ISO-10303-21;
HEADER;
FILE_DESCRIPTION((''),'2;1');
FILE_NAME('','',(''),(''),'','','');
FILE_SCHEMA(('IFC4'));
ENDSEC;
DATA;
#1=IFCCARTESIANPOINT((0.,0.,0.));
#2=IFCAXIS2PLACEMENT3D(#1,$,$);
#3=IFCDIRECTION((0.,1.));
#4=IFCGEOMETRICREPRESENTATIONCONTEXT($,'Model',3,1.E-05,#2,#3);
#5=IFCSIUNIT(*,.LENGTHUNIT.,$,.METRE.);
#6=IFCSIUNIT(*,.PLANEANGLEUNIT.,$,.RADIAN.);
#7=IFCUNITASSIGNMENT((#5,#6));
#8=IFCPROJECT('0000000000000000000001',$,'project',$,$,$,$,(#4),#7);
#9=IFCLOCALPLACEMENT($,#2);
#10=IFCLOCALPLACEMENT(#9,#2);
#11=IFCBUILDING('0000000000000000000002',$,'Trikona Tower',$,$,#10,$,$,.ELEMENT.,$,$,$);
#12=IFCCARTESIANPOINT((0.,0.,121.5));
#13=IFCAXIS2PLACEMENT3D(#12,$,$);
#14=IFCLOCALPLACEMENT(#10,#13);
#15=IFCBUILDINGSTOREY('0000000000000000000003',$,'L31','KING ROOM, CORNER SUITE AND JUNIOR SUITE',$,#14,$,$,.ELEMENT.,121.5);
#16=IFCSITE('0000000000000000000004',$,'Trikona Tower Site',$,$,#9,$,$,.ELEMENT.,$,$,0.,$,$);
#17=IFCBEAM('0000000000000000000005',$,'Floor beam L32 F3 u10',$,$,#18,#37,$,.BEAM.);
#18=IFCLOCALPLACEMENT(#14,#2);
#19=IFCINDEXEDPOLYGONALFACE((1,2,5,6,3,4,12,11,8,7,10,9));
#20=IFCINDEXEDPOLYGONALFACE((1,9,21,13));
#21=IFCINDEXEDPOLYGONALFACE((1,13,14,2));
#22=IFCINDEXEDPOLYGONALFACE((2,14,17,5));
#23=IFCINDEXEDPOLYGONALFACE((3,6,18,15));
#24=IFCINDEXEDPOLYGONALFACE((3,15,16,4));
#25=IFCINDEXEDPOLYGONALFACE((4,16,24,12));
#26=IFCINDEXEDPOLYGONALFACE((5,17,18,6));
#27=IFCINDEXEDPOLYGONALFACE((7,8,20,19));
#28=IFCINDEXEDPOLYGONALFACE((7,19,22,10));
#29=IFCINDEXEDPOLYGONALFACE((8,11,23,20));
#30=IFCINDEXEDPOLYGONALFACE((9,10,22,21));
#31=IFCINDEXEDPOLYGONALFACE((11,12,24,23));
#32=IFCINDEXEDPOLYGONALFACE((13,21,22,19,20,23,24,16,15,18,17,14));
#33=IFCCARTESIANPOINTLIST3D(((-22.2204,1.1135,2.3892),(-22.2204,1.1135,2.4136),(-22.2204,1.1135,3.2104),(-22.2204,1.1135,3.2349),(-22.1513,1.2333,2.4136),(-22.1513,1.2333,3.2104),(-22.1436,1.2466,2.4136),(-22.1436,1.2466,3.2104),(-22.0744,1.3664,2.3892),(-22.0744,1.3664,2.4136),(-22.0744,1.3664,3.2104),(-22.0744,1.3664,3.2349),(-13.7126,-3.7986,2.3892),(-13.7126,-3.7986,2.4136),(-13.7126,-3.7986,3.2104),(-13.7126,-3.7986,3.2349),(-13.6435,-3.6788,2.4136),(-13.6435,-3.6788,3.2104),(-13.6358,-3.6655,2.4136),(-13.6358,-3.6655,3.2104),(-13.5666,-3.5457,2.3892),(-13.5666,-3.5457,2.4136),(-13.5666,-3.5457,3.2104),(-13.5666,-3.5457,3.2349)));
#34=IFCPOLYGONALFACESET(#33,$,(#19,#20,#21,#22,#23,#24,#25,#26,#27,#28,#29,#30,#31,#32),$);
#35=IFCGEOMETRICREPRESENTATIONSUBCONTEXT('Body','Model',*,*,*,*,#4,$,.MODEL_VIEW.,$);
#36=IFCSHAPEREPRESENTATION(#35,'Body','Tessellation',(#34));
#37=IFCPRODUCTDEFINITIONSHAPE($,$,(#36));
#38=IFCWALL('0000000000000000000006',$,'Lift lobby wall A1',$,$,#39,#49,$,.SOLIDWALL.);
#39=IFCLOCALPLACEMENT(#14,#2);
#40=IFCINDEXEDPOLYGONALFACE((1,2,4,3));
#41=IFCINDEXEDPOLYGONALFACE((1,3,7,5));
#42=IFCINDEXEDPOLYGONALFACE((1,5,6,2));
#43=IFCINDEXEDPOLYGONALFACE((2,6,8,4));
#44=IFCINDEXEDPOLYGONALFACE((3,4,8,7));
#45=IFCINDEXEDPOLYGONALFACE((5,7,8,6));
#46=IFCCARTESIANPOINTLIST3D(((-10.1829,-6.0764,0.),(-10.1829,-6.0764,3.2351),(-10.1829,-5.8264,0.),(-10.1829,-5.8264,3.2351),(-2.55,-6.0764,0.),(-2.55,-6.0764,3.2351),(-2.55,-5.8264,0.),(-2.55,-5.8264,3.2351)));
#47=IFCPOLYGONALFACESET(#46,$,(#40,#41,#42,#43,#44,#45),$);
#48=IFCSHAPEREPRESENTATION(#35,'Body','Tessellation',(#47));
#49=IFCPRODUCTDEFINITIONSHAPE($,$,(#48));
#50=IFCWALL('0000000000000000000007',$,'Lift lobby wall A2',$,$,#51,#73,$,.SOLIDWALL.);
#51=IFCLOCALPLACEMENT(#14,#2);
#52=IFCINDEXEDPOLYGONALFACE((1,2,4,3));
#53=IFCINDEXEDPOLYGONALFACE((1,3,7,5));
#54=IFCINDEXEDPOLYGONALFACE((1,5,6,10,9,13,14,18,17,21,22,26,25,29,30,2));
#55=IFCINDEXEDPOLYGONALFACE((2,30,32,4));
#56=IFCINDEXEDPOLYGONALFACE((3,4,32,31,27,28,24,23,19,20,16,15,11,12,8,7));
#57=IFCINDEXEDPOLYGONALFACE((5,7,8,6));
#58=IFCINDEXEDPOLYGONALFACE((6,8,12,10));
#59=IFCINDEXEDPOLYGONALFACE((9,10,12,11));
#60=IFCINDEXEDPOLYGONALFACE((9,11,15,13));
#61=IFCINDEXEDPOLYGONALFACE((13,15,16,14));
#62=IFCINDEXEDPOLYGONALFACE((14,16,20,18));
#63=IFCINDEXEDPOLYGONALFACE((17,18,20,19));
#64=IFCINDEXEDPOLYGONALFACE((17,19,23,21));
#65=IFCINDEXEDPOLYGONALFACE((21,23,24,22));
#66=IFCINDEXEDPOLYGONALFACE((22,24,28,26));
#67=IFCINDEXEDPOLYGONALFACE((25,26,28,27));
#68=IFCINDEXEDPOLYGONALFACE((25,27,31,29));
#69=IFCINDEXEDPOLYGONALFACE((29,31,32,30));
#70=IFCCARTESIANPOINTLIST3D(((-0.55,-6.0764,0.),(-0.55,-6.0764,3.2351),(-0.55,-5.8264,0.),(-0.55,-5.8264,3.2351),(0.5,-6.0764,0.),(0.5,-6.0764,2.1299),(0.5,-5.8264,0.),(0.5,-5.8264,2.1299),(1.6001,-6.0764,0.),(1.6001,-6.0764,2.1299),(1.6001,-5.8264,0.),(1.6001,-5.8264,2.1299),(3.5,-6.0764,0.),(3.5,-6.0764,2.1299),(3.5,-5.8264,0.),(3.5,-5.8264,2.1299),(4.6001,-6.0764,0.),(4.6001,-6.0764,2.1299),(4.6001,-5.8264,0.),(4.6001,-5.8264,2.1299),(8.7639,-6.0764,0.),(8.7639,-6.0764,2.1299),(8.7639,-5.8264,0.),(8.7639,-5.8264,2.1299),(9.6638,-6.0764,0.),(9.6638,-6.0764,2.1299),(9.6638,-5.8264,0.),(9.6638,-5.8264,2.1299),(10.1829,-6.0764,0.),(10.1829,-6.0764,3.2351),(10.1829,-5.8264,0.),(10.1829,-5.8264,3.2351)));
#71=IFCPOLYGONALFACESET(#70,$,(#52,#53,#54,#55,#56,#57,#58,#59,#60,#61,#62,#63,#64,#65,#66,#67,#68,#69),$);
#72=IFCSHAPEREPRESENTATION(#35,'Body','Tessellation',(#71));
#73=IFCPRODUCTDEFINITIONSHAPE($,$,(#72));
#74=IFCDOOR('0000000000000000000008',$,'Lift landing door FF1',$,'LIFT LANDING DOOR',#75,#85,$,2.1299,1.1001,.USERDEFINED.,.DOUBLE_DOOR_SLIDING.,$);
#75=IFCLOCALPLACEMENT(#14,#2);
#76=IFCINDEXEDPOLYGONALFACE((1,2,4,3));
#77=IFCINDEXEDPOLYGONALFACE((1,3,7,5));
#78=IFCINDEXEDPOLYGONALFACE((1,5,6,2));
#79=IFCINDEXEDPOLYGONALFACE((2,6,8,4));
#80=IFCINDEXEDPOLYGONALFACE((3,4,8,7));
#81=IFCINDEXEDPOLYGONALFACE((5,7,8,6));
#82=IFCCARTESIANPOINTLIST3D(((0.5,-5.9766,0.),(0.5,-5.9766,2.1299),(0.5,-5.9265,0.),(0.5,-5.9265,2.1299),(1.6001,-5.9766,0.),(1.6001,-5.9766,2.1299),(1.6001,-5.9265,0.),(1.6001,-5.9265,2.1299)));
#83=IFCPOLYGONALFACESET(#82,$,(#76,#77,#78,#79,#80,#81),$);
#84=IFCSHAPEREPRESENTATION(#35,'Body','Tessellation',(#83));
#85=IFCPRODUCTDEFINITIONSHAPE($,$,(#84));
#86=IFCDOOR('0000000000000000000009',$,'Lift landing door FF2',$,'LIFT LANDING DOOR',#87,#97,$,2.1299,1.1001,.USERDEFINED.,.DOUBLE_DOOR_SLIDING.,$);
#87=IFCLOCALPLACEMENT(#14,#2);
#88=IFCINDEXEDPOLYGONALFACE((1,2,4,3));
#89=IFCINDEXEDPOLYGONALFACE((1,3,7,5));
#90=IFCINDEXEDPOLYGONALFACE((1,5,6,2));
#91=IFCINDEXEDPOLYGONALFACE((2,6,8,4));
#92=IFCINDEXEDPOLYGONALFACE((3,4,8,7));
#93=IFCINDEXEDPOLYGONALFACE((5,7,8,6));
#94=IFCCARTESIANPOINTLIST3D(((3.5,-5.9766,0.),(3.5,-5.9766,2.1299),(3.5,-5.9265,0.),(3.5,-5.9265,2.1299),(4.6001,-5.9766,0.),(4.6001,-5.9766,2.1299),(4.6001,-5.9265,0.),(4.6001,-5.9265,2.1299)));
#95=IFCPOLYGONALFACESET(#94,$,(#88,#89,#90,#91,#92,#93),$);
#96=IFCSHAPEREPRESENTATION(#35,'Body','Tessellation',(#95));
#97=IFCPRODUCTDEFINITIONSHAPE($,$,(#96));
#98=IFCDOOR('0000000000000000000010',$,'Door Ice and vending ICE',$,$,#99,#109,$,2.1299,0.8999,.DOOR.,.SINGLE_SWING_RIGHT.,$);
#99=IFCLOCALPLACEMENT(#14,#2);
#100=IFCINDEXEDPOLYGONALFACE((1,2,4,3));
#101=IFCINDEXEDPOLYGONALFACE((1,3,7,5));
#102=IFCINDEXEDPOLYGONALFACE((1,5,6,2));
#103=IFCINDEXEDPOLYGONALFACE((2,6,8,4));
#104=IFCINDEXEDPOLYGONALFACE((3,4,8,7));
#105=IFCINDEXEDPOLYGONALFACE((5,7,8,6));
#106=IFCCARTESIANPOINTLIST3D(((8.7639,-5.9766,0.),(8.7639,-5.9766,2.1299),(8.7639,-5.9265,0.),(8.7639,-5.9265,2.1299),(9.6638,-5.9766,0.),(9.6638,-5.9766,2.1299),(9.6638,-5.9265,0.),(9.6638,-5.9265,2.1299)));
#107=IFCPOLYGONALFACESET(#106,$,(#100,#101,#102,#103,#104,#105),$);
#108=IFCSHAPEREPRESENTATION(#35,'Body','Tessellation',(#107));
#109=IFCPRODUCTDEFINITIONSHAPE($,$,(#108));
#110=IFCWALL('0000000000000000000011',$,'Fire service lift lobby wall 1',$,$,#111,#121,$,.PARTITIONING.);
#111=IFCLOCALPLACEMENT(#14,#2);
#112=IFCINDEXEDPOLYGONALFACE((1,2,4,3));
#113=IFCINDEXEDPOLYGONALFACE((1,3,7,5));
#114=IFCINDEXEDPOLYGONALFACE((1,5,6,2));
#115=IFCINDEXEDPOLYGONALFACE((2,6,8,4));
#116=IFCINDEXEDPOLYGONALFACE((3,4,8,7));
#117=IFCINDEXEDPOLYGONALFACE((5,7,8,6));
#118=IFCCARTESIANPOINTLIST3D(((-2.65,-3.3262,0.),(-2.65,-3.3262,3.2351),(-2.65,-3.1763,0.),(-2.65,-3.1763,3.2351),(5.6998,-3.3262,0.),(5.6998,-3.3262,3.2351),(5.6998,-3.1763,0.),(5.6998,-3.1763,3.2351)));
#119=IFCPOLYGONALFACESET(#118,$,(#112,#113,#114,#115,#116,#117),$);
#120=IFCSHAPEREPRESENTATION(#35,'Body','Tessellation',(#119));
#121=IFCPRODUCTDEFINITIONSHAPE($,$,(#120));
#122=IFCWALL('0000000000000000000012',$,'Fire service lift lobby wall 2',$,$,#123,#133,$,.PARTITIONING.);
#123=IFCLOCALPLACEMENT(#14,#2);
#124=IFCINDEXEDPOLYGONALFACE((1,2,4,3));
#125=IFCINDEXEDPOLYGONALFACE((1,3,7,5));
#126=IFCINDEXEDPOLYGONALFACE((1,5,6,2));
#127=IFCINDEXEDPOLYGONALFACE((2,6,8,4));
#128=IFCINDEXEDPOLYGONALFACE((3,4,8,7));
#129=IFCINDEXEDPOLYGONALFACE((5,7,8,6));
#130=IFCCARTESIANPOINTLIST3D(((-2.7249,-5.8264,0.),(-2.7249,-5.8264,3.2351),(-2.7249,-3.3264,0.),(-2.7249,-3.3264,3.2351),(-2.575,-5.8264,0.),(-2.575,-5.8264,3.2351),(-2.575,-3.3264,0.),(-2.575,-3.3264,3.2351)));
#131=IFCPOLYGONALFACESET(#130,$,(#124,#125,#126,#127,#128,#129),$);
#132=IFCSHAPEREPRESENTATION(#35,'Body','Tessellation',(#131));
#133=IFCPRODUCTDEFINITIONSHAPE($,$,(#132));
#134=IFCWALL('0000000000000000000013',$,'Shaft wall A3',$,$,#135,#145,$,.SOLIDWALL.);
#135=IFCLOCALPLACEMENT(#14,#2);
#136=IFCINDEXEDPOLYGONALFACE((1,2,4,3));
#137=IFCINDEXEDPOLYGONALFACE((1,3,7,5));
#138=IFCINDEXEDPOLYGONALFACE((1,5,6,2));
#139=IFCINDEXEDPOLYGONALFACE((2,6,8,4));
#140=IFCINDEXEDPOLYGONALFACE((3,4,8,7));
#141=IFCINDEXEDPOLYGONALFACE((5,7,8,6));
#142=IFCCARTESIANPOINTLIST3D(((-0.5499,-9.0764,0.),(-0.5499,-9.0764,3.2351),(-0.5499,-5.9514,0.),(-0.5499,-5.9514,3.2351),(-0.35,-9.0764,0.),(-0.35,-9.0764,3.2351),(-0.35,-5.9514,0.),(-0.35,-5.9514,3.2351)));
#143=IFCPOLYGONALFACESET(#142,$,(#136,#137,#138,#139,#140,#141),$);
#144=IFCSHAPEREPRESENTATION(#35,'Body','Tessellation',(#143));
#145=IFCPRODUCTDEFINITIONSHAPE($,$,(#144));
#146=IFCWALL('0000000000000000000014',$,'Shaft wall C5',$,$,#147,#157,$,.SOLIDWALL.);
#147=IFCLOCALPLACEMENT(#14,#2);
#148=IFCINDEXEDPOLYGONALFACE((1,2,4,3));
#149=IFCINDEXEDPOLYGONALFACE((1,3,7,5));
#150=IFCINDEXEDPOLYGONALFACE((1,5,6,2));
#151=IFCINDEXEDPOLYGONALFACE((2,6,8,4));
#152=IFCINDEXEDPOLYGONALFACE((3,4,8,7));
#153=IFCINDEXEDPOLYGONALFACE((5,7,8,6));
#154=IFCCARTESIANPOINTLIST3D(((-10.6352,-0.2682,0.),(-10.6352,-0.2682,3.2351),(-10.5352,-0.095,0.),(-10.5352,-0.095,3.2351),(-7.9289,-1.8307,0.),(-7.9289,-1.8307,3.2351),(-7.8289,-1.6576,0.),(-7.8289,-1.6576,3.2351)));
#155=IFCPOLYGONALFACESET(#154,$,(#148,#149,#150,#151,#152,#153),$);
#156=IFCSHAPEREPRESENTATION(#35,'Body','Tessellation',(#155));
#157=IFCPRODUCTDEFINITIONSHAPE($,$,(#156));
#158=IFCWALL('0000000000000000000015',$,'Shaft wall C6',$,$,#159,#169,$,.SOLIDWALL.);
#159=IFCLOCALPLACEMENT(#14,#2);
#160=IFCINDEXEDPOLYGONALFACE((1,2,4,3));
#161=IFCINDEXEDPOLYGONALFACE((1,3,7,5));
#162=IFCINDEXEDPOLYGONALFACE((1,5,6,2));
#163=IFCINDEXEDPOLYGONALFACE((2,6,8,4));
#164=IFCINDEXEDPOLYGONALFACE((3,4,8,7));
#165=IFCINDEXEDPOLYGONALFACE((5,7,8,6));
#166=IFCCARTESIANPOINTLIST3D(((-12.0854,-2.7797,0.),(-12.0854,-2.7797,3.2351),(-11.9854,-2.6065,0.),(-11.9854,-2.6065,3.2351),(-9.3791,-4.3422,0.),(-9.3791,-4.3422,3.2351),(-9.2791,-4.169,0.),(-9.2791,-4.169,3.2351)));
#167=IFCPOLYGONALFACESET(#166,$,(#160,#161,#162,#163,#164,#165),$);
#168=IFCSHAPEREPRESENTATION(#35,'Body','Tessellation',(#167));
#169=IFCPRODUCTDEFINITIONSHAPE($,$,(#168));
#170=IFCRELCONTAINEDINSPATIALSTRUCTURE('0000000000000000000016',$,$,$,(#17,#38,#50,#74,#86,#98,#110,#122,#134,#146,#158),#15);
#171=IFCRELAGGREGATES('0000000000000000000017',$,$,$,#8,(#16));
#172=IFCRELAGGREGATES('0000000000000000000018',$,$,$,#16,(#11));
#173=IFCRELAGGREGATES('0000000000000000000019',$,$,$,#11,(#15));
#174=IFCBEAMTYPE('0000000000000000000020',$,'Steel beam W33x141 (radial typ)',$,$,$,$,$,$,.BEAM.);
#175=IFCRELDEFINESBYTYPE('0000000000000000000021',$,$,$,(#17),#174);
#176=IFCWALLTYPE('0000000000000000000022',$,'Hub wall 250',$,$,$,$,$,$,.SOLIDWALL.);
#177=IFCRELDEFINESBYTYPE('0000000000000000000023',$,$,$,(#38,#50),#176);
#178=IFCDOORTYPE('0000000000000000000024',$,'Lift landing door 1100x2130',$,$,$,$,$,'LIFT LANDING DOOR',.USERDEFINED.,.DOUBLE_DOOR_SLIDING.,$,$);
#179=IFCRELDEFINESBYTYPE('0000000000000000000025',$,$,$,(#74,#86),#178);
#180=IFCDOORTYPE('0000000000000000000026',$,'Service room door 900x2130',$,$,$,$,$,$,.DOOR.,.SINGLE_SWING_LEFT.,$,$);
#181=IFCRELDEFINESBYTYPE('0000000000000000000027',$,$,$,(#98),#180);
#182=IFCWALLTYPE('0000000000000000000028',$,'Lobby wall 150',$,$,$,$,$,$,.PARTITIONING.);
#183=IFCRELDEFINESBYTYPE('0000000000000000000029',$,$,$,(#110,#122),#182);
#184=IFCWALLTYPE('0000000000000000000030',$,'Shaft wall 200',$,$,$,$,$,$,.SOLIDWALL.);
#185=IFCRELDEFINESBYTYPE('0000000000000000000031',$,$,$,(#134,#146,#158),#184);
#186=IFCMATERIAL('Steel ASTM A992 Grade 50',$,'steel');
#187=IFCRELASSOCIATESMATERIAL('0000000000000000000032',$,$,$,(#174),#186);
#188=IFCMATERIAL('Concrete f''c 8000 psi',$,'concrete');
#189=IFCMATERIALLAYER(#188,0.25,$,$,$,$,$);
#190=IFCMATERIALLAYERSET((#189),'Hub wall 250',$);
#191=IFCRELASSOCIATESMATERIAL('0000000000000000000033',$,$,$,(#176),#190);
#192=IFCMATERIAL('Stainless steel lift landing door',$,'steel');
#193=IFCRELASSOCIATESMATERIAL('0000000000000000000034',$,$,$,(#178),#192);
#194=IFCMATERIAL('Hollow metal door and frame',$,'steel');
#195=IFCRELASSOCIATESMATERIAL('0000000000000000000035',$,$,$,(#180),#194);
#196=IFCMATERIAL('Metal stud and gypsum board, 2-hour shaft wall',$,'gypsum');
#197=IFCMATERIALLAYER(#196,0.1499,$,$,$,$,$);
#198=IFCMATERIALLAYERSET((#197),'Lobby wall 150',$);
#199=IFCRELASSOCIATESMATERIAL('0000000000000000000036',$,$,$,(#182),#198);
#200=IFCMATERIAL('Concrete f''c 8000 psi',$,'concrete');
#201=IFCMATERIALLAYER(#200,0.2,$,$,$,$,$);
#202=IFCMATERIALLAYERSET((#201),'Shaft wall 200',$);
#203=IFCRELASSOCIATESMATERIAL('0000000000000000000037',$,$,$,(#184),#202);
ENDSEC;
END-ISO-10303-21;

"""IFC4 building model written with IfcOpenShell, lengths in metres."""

from ifc_helpers import new_model, si_unit, direction, frame, frame_2d, origin, origin_2d, place, context, subcontext, project, spatial, rectangle, i_section, extrude, material, layer, layer_set, material_profile, profile_set, type_object, element, fill, save


model = new_model("IFC4")

# Units and contexts
model_context = context("Model", 3, precision=1e-05, world=origin(), true_north=direction((0.0, 1.0)))
body_context = subcontext(model_context, "Body", "Model", "MODEL_VIEW")
ifc_project = project(units=[si_unit("LENGTHUNIT", "METRE"), si_unit("PLANEANGLEUNIT", "RADIAN")], contexts=[model_context])

# Site, building, storey
site_placement = place(None, origin())
site = spatial("IfcSite", under=ifc_project, at=site_placement, Name="Trikona Tower Site", CompositionType="ELEMENT", RefElevation=0.0)
building_placement = place(site_placement, origin())
building = spatial("IfcBuilding", under=site, at=building_placement, Name="Trikona Tower", CompositionType="ELEMENT")
storey_placement = place(building_placement, frame((0.0, 0.0, 121.5)))
storey = spatial("IfcBuildingStorey", under=building, at=storey_placement, Name="L31", Description="KING ROOM, CORNER SUITE AND JUNIOR SUITE", CompositionType="ELEMENT", Elevation=121.5)

# Beam
ifc_material_1 = material(Name="Steel ASTM A992 Grade 50", Category="steel")
ifc_material_profile = material_profile(ifc_material_1, i_section(OverallWidth=0.292, OverallDepth=0.8457, WebThickness=0.0154, FlangeThickness=0.0244, at=origin_2d()), Name="W33X141")
ifc_profile_set = profile_set([ifc_material_profile], Name="Steel ASTM A992 Grade 50")
beam_type = type_object("IfcBeamType", Name="Steel beam W33x141 (radial typ)", PredefinedType="BEAM", material=ifc_profile_set)
beam_placement = place(storey_placement, frame((-13.6396, -3.6721, 2.812), z_axis=(-0.86602, 0.500009, 0.0), x_axis=(-0.500009, -0.86602, 0.0)))
element("IfcBeam", 1, at=beam_placement, inside=storey, type_object=beam_type, Name="Floor beam L32 F3 u10", PredefinedType="BEAM", context=body_context, shape_type="SweptSolid", body=[
    extrude(i_section(OverallWidth=0.292, OverallDepth=0.8457, WebThickness=0.0154, FlangeThickness=0.0244, at=origin_2d()), origin(), (0.0, 0.0, 1.0), 9.824),
])

# Wall
ifc_material_2 = material(Name="Concrete f'c 8000 psi", Category="concrete")
ifc_layer_1 = layer(ifc_material_2, 0.25)
ifc_layer_set_1 = layer_set([ifc_layer_1], Name="Hub wall 250")
wall_type_1 = type_object("IfcWallType", Name="Hub wall 250", PredefinedType="SOLIDWALL", material=ifc_layer_set_1)
wall_1_placement = place(storey_placement, frame((-10.1829, -5.9514, 0.0), z_axis=(0.0, 0.0, 1.0), x_axis=(1.0, 0.0, 0.0)))
element("IfcWall", 2, at=wall_1_placement, inside=storey, type_object=wall_type_1, Name="Lift lobby wall A1", PredefinedType="SOLIDWALL", context=body_context, shape_type="SweptSolid", body=[
    extrude(rectangle(XDim=7.6328, YDim=0.25, at=frame_2d((3.8164, 0.0))), origin(), (0.0, 0.0, 1.0), 3.2351),
])

# Wall, openings, doors
wall_2_placement = place(storey_placement, frame((-0.55, -5.9514, 0.0), z_axis=(0.0, 0.0, 1.0), x_axis=(1.0, 0.0, 0.0)))
wall_2 = element("IfcWall", 3, at=wall_2_placement, inside=storey, type_object=wall_type_1, Name="Lift lobby wall A2", PredefinedType="SOLIDWALL", context=body_context, shape_type="SweptSolid", body=[
    extrude(rectangle(XDim=10.7329, YDim=0.25, at=frame_2d((5.3665, 0.0))), origin(), (0.0, 0.0, 1.0), 3.2351),
])
opening_1_placement = place(wall_2_placement, frame((9.314, 0.0, 0.0)))
opening_1 = element("IfcOpeningElement", 4, at=opening_1_placement, cuts=wall_2, PredefinedType="OPENING", context=body_context, shape_type="SweptSolid", body=[
    extrude(rectangle(XDim=0.8999, YDim=2.1299, at=frame_2d((0.45, 1.0649))), frame((0.0, 0.135, 0.0), z_axis=(0.0, -1.0, 0.0), x_axis=(1.0, 0.0, 0.0)), (0.0, 0.0, 1.0), 0.27),
])
opening_2_placement = place(wall_2_placement, frame((1.05, 0.0, 0.0)))
opening_2 = element("IfcOpeningElement", 5, at=opening_2_placement, cuts=wall_2, PredefinedType="OPENING", context=body_context, shape_type="SweptSolid", body=[
    extrude(rectangle(XDim=1.1001, YDim=2.1299, at=frame_2d((0.55, 1.0649))), frame((0.0, 0.135, 0.0), z_axis=(0.0, -1.0, 0.0), x_axis=(1.0, 0.0, 0.0)), (0.0, 0.0, 1.0), 0.27),
])
opening_3_placement = place(wall_2_placement, frame((4.05, 0.0, 0.0)))
opening_3 = element("IfcOpeningElement", 6, at=opening_3_placement, cuts=wall_2, PredefinedType="OPENING", context=body_context, shape_type="SweptSolid", body=[
    extrude(rectangle(XDim=1.1001, YDim=2.1299, at=frame_2d((0.55, 1.0649))), frame((0.0, 0.135, 0.0), z_axis=(0.0, -1.0, 0.0), x_axis=(1.0, 0.0, 0.0)), (0.0, 0.0, 1.0), 0.27),
])
ifc_material_3 = material(Name="Stainless steel lift landing door", Category="steel")
door_type_1 = type_object("IfcDoorType", Name="Lift landing door 1100x2130", ElementType="LIFT LANDING DOOR", OperationType="DOUBLE_DOOR_SLIDING", PredefinedType="USERDEFINED", material=ifc_material_3)
door_1_placement = place(opening_2_placement, origin())
door_1 = element("IfcDoor", 7, at=door_1_placement, inside=storey, type_object=door_type_1, Name="Lift landing door FF1", ObjectType="LIFT LANDING DOOR", OperationType="DOUBLE_DOOR_SLIDING", OverallHeight=2.1299, OverallWidth=1.1001, PredefinedType="USERDEFINED", context=body_context, shape_type="SweptSolid", body=[
    extrude(rectangle(XDim=1.1001, YDim=2.1299, at=frame_2d((0.55, 1.0649))), frame((0.0, 0.0249, 0.0), z_axis=(0.0, -1.0, 0.0), x_axis=(1.0, 0.0, 0.0)), (0.0, 0.0, 1.0), 0.05),
])
fill(opening_2, door_1)
door_2_placement = place(opening_3_placement, origin())
door_2 = element("IfcDoor", 8, at=door_2_placement, inside=storey, type_object=door_type_1, Name="Lift landing door FF2", ObjectType="LIFT LANDING DOOR", OperationType="DOUBLE_DOOR_SLIDING", OverallHeight=2.1299, OverallWidth=1.1001, PredefinedType="USERDEFINED", context=body_context, shape_type="SweptSolid", body=[
    extrude(rectangle(XDim=1.1001, YDim=2.1299, at=frame_2d((0.55, 1.0649))), frame((0.0, 0.0249, 0.0), z_axis=(0.0, -1.0, 0.0), x_axis=(1.0, 0.0, 0.0)), (0.0, 0.0, 1.0), 0.05),
])
fill(opening_3, door_2)
ifc_material_4 = material(Name="Hollow metal door and frame", Category="steel")
door_type_2 = type_object("IfcDoorType", Name="Service room door 900x2130", OperationType="SINGLE_SWING_LEFT", PredefinedType="DOOR", material=ifc_material_4)
door_3_placement = place(opening_1_placement, origin())
door_3 = element("IfcDoor", 9, at=door_3_placement, inside=storey, type_object=door_type_2, Name="Door Ice and vending ICE", OperationType="SINGLE_SWING_RIGHT", OverallHeight=2.1299, OverallWidth=0.8999, PredefinedType="DOOR", context=body_context, shape_type="SweptSolid", body=[
    extrude(rectangle(XDim=0.8999, YDim=2.1299, at=frame_2d((0.45, 1.0649))), frame((0.0, 0.0249, 0.0), z_axis=(0.0, -1.0, 0.0), x_axis=(1.0, 0.0, 0.0)), (0.0, 0.0, 1.0), 0.05),
])
fill(opening_1, door_3)

# Walls
ifc_material_5 = material(Name="Metal stud and gypsum board, 2-hour shaft wall", Category="gypsum")
ifc_layer_2 = layer(ifc_material_5, 0.1499)
ifc_layer_set_2 = layer_set([ifc_layer_2], Name="Lobby wall 150")
wall_type_2 = type_object("IfcWallType", Name="Lobby wall 150", PredefinedType="PARTITIONING", material=ifc_layer_set_2)
wall_3_placement = place(storey_placement, frame((-2.6499, -3.2512, 0.0), z_axis=(0.0, 0.0, 1.0), x_axis=(1.0, 0.0, 0.0)))
element("IfcWall", 10, at=wall_3_placement, inside=storey, type_object=wall_type_2, Name="Fire service lift lobby wall 1", PredefinedType="PARTITIONING", context=body_context, shape_type="SweptSolid", body=[
    extrude(rectangle(XDim=8.3499, YDim=0.1499, at=frame_2d((4.1748, 0.0))), origin(), (0.0, 0.0, 1.0), 3.2351),
])
wall_4_placement = place(storey_placement, frame((-2.6499, -5.8264, 0.0), z_axis=(0.0, 0.0, 1.0), x_axis=(0.0, 1.0, 0.0)))
element("IfcWall", 11, at=wall_4_placement, inside=storey, type_object=wall_type_2, Name="Fire service lift lobby wall 2", PredefinedType="PARTITIONING", context=body_context, shape_type="SweptSolid", body=[
    extrude(rectangle(XDim=2.5, YDim=0.1499, at=frame_2d((1.25, 0.0))), origin(), (0.0, 0.0, 1.0), 3.2351),
])
ifc_material_6 = material(Name="Concrete f'c 8000 psi", Category="concrete")
ifc_layer_3 = layer(ifc_material_6, 0.2)
ifc_layer_set_3 = layer_set([ifc_layer_3], Name="Shaft wall 200")
wall_type_3 = type_object("IfcWallType", Name="Shaft wall 200", PredefinedType="SOLIDWALL", material=ifc_layer_set_3)
for number, where, z_axis, x_axis, name in (
    (12, (-0.45, -5.9514, 0.0), (0.0, 0.0, 1.0), (0.0, -1.0, 0.0), "Shaft wall A3"),
    (13, (-7.8789, -1.7441, 0.0), (0.0, 0.0, 1.0), (-0.866023, 0.500004, 0.0), "Shaft wall C5"),
    (14, (-9.3291, -4.2556, 0.0), (0.0, 0.0, 1.0), (-0.866023, 0.500004, 0.0), "Shaft wall C6"),
):
    element("IfcWall", number, at=place(storey_placement, frame(where, z_axis=z_axis, x_axis=x_axis)), inside=storey, type_object=wall_type_3, Name=name, PredefinedType="SOLIDWALL", context=body_context, shape_type="SweptSolid", body=[
        extrude(rectangle(XDim=3.125, YDim=0.2, at=frame_2d((1.5625, 0.0))), origin(), (0.0, 0.0, 1.0), 3.2351),
    ])

save(model, "model.ifc")
